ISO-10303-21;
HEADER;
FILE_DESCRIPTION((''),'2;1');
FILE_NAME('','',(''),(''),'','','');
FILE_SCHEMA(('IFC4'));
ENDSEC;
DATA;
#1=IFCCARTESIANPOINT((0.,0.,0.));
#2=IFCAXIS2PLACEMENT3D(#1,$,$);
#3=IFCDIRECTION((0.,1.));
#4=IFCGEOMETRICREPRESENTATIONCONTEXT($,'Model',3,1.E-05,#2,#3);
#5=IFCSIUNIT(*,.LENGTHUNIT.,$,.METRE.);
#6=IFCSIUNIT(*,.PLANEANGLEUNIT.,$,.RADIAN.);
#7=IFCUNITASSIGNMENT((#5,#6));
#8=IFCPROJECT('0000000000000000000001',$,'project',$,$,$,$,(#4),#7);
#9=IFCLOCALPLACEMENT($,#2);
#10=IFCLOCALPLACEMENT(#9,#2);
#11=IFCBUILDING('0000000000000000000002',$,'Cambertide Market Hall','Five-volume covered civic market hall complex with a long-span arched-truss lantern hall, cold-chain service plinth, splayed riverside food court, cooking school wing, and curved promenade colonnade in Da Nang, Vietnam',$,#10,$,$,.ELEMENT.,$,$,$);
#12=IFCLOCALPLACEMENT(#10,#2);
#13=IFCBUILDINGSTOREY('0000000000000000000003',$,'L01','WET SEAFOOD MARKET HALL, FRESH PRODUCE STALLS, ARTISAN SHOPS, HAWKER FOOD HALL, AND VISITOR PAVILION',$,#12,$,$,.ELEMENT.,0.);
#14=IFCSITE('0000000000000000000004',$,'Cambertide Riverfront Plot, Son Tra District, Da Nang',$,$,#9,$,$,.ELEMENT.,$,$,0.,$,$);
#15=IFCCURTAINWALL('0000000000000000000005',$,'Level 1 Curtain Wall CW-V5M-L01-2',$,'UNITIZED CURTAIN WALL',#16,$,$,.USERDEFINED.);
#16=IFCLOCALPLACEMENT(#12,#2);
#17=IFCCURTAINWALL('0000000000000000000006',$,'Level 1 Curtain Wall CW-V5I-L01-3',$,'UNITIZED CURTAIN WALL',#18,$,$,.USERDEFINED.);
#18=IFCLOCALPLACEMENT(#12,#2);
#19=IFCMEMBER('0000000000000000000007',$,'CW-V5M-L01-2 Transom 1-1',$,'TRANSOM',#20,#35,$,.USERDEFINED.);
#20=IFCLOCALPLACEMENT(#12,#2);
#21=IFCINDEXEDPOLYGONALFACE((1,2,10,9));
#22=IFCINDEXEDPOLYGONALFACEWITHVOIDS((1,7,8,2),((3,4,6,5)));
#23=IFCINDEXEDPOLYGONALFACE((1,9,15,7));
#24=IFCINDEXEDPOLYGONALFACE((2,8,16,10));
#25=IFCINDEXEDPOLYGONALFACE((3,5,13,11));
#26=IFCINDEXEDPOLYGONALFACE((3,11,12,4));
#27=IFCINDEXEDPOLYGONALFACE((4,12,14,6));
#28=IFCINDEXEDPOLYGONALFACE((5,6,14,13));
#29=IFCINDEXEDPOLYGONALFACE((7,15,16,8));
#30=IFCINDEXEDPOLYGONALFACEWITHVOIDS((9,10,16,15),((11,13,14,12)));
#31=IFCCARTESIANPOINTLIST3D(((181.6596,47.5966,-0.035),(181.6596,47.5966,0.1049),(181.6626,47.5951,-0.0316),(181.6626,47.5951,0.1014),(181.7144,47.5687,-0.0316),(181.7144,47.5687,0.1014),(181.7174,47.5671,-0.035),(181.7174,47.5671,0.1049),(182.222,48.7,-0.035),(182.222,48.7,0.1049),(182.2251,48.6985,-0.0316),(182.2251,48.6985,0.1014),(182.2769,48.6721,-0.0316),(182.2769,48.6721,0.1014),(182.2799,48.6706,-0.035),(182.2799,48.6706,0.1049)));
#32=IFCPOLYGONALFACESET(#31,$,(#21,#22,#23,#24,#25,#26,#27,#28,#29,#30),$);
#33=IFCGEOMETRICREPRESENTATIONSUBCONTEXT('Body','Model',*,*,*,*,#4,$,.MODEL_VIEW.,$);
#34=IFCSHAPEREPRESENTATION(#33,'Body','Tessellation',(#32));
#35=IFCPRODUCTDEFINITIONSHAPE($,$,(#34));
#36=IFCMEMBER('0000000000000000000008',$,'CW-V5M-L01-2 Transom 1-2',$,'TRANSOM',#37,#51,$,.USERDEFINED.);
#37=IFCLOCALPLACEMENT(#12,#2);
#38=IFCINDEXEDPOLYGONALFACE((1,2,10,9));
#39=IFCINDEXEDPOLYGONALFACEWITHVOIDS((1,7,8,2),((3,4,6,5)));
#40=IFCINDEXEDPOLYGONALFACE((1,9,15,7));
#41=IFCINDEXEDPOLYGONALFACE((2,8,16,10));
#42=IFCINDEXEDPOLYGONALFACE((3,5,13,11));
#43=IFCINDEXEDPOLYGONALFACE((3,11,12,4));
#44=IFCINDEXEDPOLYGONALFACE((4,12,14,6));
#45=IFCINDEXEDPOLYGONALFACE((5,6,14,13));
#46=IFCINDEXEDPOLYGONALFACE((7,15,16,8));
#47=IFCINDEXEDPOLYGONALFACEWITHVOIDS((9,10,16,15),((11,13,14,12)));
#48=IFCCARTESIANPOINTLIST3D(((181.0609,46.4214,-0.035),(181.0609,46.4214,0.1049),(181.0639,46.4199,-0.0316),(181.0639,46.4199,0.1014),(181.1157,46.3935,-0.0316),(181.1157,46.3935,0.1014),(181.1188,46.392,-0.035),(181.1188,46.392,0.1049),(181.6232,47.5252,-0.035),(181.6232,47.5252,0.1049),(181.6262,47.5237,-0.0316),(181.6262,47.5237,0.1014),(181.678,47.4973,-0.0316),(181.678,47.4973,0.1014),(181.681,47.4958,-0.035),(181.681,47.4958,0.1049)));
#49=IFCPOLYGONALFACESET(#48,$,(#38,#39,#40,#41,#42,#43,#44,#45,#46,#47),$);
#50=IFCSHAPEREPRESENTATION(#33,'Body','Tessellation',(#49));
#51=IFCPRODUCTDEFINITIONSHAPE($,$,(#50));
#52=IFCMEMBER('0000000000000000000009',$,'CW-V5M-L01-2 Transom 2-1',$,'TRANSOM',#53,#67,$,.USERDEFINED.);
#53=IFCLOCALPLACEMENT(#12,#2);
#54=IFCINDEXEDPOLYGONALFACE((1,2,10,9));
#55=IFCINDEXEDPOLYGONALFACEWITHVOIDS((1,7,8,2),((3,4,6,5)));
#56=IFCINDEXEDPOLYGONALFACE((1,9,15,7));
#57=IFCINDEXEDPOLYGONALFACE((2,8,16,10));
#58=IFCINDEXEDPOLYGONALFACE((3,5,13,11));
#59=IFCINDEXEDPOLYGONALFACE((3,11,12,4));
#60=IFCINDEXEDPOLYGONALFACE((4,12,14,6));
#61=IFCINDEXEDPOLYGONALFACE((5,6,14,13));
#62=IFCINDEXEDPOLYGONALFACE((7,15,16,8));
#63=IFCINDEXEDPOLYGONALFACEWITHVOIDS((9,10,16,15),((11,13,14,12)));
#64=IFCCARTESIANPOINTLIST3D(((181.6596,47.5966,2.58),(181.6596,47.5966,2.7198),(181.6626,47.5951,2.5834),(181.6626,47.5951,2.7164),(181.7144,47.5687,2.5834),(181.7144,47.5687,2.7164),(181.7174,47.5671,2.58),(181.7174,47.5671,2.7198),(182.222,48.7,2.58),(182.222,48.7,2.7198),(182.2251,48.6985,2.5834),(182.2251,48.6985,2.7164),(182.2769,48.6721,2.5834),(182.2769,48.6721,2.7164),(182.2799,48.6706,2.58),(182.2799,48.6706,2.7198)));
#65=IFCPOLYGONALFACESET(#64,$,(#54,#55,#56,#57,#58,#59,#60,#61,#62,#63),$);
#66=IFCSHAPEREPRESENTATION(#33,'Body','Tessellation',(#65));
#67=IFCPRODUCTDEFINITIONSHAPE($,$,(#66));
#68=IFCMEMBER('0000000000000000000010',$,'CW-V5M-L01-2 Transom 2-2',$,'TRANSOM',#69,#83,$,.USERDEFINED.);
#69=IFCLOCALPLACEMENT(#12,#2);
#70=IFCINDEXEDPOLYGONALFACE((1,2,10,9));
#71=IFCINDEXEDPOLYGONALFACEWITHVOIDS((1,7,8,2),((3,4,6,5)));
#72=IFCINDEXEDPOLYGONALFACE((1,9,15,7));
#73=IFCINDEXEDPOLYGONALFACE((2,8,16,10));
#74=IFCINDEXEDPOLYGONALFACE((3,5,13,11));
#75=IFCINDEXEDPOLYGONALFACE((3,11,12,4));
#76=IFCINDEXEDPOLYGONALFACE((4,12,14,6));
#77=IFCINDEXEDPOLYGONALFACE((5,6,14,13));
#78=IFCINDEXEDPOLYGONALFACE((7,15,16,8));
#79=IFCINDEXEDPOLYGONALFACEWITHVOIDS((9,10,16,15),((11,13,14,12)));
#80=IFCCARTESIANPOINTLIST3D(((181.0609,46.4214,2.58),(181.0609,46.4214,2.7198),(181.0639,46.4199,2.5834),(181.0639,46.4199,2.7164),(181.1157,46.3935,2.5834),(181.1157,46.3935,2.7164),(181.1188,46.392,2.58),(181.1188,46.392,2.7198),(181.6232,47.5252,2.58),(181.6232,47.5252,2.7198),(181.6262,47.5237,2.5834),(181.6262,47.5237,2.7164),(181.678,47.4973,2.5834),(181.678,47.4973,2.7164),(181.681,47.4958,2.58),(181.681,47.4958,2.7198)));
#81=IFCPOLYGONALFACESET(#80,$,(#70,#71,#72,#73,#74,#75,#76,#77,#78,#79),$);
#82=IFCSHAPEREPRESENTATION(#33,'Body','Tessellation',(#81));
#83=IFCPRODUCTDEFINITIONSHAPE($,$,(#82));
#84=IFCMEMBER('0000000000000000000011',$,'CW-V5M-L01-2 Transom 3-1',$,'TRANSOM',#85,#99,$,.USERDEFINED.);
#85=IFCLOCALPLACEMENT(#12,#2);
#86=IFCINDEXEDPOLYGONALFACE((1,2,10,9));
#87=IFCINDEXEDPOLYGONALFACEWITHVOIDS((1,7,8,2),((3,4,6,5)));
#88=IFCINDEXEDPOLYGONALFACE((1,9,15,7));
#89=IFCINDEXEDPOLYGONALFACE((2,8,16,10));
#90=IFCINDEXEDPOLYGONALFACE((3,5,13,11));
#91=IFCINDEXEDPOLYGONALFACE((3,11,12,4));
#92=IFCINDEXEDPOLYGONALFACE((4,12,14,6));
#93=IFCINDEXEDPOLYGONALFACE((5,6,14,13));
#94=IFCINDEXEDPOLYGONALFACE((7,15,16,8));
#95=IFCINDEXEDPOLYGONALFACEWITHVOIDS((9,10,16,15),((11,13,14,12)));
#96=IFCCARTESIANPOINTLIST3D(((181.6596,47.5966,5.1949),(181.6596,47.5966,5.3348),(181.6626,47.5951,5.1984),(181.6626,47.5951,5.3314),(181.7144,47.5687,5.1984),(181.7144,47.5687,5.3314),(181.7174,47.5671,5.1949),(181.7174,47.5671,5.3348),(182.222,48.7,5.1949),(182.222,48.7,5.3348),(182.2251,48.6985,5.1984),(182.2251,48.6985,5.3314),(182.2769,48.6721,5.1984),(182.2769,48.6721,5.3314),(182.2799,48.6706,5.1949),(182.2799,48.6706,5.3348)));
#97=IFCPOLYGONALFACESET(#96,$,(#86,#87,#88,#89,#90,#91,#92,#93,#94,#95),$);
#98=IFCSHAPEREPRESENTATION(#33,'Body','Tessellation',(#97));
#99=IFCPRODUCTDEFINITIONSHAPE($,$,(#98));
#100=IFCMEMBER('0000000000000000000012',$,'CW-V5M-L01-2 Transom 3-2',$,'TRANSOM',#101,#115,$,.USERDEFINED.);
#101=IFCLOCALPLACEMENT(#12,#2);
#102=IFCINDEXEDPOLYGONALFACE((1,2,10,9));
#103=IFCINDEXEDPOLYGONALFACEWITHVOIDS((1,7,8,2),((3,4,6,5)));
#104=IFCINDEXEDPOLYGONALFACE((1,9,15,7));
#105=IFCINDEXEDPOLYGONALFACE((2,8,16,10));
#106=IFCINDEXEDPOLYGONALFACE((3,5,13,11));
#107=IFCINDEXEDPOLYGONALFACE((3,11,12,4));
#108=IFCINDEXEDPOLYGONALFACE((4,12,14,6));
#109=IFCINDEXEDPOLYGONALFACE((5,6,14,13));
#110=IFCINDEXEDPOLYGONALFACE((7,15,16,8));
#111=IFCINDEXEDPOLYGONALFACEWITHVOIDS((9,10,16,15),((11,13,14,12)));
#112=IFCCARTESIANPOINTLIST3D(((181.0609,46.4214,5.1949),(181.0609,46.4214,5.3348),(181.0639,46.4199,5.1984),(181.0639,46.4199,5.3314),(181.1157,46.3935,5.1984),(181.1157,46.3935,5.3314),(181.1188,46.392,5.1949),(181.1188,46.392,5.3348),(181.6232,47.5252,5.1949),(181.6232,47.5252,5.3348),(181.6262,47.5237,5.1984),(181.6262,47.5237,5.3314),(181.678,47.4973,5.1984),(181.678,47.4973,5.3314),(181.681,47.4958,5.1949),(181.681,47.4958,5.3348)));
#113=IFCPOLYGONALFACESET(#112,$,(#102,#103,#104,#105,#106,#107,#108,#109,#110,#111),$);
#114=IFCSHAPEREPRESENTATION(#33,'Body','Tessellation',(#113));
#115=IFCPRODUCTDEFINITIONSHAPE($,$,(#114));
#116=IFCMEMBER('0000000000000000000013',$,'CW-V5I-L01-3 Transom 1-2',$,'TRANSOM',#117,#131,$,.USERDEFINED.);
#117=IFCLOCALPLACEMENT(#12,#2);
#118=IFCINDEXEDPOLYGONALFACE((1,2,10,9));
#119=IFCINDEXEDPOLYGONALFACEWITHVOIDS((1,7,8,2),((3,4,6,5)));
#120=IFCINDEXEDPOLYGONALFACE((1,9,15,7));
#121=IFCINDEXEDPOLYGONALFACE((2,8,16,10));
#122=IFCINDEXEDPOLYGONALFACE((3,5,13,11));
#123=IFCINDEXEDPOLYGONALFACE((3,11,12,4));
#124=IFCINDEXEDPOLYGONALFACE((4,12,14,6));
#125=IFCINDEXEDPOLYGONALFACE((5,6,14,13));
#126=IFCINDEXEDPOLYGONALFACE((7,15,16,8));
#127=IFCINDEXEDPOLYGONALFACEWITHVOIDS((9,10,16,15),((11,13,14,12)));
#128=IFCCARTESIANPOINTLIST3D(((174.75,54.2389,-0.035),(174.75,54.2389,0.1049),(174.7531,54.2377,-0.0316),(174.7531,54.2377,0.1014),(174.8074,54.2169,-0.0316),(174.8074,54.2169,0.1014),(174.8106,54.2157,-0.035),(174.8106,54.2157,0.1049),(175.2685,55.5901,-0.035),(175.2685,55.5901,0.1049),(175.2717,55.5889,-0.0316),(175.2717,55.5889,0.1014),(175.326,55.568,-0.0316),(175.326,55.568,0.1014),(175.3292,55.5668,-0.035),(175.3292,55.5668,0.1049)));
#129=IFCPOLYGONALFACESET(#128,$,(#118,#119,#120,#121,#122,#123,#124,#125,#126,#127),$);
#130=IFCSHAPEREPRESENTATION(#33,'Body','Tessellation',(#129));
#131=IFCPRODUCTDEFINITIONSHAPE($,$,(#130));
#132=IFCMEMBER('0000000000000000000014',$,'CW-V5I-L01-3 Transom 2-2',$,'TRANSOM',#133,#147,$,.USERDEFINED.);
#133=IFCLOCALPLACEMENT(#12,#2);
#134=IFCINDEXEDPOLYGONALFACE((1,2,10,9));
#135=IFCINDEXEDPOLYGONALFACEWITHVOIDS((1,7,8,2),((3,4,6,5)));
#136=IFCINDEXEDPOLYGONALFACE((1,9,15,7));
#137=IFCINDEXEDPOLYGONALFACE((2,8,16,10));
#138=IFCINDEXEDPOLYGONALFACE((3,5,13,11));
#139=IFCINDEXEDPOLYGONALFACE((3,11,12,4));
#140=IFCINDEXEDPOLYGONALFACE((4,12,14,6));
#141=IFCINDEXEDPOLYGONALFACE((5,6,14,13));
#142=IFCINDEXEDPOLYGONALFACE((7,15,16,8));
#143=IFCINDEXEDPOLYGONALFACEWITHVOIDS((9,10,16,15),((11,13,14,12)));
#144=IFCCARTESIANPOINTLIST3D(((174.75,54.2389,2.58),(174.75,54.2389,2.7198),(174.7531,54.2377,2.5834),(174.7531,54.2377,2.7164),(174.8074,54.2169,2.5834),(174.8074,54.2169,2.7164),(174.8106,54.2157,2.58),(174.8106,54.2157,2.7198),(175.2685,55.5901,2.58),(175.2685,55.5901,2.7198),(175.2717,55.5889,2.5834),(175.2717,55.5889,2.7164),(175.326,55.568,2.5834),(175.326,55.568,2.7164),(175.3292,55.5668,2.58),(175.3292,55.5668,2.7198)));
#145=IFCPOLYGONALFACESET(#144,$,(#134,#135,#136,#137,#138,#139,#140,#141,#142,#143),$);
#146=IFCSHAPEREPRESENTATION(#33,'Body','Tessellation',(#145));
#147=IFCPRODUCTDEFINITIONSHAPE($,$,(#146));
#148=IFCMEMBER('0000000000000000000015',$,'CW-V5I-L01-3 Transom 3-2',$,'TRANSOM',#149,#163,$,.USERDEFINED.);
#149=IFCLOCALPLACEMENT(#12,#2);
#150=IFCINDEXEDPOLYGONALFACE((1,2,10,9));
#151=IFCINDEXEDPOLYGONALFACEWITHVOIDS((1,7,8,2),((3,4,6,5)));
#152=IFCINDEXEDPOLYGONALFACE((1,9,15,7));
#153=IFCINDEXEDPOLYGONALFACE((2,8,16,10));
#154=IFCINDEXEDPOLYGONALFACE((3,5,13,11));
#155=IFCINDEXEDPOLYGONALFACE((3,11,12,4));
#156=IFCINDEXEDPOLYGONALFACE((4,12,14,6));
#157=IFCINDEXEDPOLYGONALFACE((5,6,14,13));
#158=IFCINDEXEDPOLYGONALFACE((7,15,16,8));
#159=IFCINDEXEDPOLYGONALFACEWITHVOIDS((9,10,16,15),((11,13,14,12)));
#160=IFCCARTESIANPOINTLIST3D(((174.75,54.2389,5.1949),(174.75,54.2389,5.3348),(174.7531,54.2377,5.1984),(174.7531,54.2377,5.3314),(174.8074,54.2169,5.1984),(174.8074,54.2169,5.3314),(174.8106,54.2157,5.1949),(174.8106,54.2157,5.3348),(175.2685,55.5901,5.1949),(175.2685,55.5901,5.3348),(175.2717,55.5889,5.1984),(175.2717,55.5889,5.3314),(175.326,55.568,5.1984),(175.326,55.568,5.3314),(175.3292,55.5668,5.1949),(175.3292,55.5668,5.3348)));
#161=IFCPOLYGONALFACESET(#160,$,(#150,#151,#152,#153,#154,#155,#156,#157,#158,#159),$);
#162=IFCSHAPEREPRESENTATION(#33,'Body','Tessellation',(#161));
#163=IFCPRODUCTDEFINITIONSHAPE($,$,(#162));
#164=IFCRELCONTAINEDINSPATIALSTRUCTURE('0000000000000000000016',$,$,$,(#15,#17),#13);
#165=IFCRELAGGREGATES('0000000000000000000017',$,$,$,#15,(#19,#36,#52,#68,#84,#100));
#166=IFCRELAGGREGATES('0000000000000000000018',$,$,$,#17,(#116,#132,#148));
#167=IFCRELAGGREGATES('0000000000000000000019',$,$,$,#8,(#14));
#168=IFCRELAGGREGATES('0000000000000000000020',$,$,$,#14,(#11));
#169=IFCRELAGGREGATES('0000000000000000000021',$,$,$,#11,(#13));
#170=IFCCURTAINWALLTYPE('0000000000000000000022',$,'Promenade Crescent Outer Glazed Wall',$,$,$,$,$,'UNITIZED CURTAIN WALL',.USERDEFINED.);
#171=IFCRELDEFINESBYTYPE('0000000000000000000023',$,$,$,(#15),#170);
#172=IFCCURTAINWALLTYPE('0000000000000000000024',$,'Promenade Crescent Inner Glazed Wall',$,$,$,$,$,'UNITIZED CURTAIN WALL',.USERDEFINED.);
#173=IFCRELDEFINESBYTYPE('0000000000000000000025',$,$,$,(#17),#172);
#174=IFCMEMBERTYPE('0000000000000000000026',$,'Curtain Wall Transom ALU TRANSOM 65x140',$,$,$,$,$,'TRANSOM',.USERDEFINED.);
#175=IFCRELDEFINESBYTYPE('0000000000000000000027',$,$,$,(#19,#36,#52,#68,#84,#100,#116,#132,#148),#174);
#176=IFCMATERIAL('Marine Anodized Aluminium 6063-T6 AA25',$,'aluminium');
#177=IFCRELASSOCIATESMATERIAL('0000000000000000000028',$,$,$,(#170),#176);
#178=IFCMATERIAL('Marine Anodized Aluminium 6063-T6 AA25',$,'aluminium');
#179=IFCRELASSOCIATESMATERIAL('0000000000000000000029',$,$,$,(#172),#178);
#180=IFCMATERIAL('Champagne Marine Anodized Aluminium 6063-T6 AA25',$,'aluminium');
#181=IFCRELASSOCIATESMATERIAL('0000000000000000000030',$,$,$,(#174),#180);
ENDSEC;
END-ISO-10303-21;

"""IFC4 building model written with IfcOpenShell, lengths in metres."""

from ifc_helpers import new_model, si_unit, direction, frame, origin, origin_2d, place, context, subcontext, project, spatial, hollow_rectangle, extrude, material, material_profile, profile_set, type_object, element, aggregate, save


model = new_model("IFC4")

# Units and contexts
model_context = context("Model", 3, precision=1e-05, world=origin(), true_north=direction((0.0, 1.0)))
body_context = subcontext(model_context, "Body", "Model", "MODEL_VIEW")
ifc_project = project(units=[si_unit("LENGTHUNIT", "METRE"), si_unit("PLANEANGLEUNIT", "RADIAN")], contexts=[model_context])

# Site, building, storey
site_placement = place(None, origin())
site = spatial("IfcSite", under=ifc_project, at=site_placement, Name="Cambertide Riverfront Plot, Son Tra District, Da Nang", CompositionType="ELEMENT", RefElevation=0.0)
building_placement = place(site_placement, origin())
building = spatial("IfcBuilding", under=site, at=building_placement, Name="Cambertide Market Hall", Description="Five-volume covered civic market hall complex with a long-span arched-truss lantern hall, cold-chain service plinth, splayed riverside food court, cooking school wing, and curved promenade colonnade in Da Nang, Vietnam", CompositionType="ELEMENT")
storey_placement = place(building_placement, origin())
storey = spatial("IfcBuildingStorey", under=building, at=storey_placement, Name="L01", Description="WET SEAFOOD MARKET HALL, FRESH PRODUCE STALLS, ARTISAN SHOPS, HAWKER FOOD HALL, AND VISITOR PAVILION", CompositionType="ELEMENT", Elevation=0.0)

# Curtain walls
ifc_material_1 = material(Name="Marine Anodized Aluminium 6063-T6 AA25", Category="aluminium")
curtain_wall_type_1 = type_object("IfcCurtainWallType", Name="Promenade Crescent Outer Glazed Wall", ElementType="UNITIZED CURTAIN WALL", PredefinedType="USERDEFINED", material=ifc_material_1)
curtain_wall_1_placement = place(storey_placement, origin())
curtain_wall_1 = element("IfcCurtainWall", 1, at=curtain_wall_1_placement, inside=storey, type_object=curtain_wall_type_1, Name="Level 1 Curtain Wall CW-V5M-L01-2", ObjectType="UNITIZED CURTAIN WALL", PredefinedType="USERDEFINED")
ifc_material_2 = material(Name="Marine Anodized Aluminium 6063-T6 AA25", Category="aluminium")
curtain_wall_type_2 = type_object("IfcCurtainWallType", Name="Promenade Crescent Inner Glazed Wall", ElementType="UNITIZED CURTAIN WALL", PredefinedType="USERDEFINED", material=ifc_material_2)
curtain_wall_2_placement = place(storey_placement, origin())
curtain_wall_2 = element("IfcCurtainWall", 2, at=curtain_wall_2_placement, inside=storey, type_object=curtain_wall_type_2, Name="Level 1 Curtain Wall CW-V5I-L01-3", ObjectType="UNITIZED CURTAIN WALL", PredefinedType="USERDEFINED")

# Members
ifc_material_3 = material(Name="Champagne Marine Anodized Aluminium 6063-T6 AA25", Category="aluminium")
ifc_material_profile_1 = material_profile(ifc_material_3, hollow_rectangle(XDim=0.0649, YDim=0.1399, WallThickness=0.0034, at=origin_2d()), Name="ALU TRANSOM 65x140")
ifc_profile_set_1 = profile_set([ifc_material_profile_1], Name="Champagne Marine Anodized Aluminium 6063-T6 AA25")
member_type_1 = type_object("IfcMemberType", Name="Curtain Wall Transom ALU TRANSOM 65x140", ElementType="TRANSOM", PredefinedType="USERDEFINED", material=ifc_profile_set_1)
member_1_placement = place(storey_placement, frame((182.251, 48.6853, 0.0349), z_axis=(-0.454138, -0.890931, 0.0), x_axis=(0.890931, -0.454138, 0.0)))
member_1 = element("IfcMember", 3, at=member_1_placement, type_object=member_type_1, Name="CW-V5M-L01-2 Transom 1-1", ObjectType="TRANSOM", PredefinedType="USERDEFINED", context=body_context, shape_type="SweptSolid", body=[
    extrude(hollow_rectangle(XDim=0.0649, YDim=0.1399, WallThickness=0.0034, at=origin_2d()), origin(), (0.0, 0.0, 1.0), 1.2385),
])
member_2_placement = place(storey_placement, frame((181.6521, 47.5105, 0.0349), z_axis=(-0.453902, -0.891052, 0.0), x_axis=(0.891052, -0.453902, 0.0)))
member_2 = element("IfcMember", 4, at=member_2_placement, type_object=member_type_1, Name="CW-V5M-L01-2 Transom 1-2", ObjectType="TRANSOM", PredefinedType="USERDEFINED", context=body_context, shape_type="SweptSolid", body=[
    extrude(hollow_rectangle(XDim=0.0649, YDim=0.1399, WallThickness=0.0034, at=origin_2d()), origin(), (0.0, 0.0, 1.0), 1.2388),
])
member_3_placement = place(storey_placement, frame((182.251, 48.6853, 2.6499), z_axis=(-0.454138, -0.890931, 0.0), x_axis=(0.890931, -0.454138, 0.0)))
member_3 = element("IfcMember", 5, at=member_3_placement, type_object=member_type_1, Name="CW-V5M-L01-2 Transom 2-1", ObjectType="TRANSOM", PredefinedType="USERDEFINED", context=body_context, shape_type="SweptSolid", body=[
    extrude(hollow_rectangle(XDim=0.0649, YDim=0.1399, WallThickness=0.0034, at=origin_2d()), origin(), (0.0, 0.0, 1.0), 1.2385),
])
member_4_placement = place(storey_placement, frame((181.6521, 47.5105, 2.6499), z_axis=(-0.453902, -0.891052, 0.0), x_axis=(0.891052, -0.453902, 0.0)))
member_4 = element("IfcMember", 6, at=member_4_placement, type_object=member_type_1, Name="CW-V5M-L01-2 Transom 2-2", ObjectType="TRANSOM", PredefinedType="USERDEFINED", context=body_context, shape_type="SweptSolid", body=[
    extrude(hollow_rectangle(XDim=0.0649, YDim=0.1399, WallThickness=0.0034, at=origin_2d()), origin(), (0.0, 0.0, 1.0), 1.2388),
])
member_5_placement = place(storey_placement, frame((182.251, 48.6853, 5.2649), z_axis=(-0.454138, -0.890931, 0.0), x_axis=(0.890931, -0.454138, 0.0)))
member_5 = element("IfcMember", 7, at=member_5_placement, type_object=member_type_1, Name="CW-V5M-L01-2 Transom 3-1", ObjectType="TRANSOM", PredefinedType="USERDEFINED", context=body_context, shape_type="SweptSolid", body=[
    extrude(hollow_rectangle(XDim=0.0649, YDim=0.1399, WallThickness=0.0034, at=origin_2d()), origin(), (0.0, 0.0, 1.0), 1.2385),
])
member_6_placement = place(storey_placement, frame((181.6521, 47.5105, 5.2649), z_axis=(-0.453902, -0.891052, 0.0), x_axis=(0.891052, -0.453902, 0.0)))
member_6 = element("IfcMember", 8, at=member_6_placement, type_object=member_type_1, Name="CW-V5M-L01-2 Transom 3-2", ObjectType="TRANSOM", PredefinedType="USERDEFINED", context=body_context, shape_type="SweptSolid", body=[
    extrude(hollow_rectangle(XDim=0.0649, YDim=0.1399, WallThickness=0.0034, at=origin_2d()), origin(), (0.0, 0.0, 1.0), 1.2388),
])
member_7_placement = place(storey_placement, frame((174.7803, 54.2273, 0.0349), z_axis=(0.358323, 0.933598, 0.0), x_axis=(-0.933598, 0.358323, 0.0)))
member_7 = element("IfcMember", 9, at=member_7_placement, type_object=member_type_1, Name="CW-V5I-L01-3 Transom 1-2", ObjectType="TRANSOM", PredefinedType="USERDEFINED", context=body_context, shape_type="SweptSolid", body=[
    extrude(hollow_rectangle(XDim=0.0649, YDim=0.1399, WallThickness=0.0034, at=origin_2d()), origin(), (0.0, 0.0, 1.0), 1.4473),
])
member_8_placement = place(storey_placement, frame((174.7803, 54.2273, 2.6499), z_axis=(0.358323, 0.933598, 0.0), x_axis=(-0.933598, 0.358323, 0.0)))
member_8 = element("IfcMember", 10, at=member_8_placement, type_object=member_type_1, Name="CW-V5I-L01-3 Transom 2-2", ObjectType="TRANSOM", PredefinedType="USERDEFINED", context=body_context, shape_type="SweptSolid", body=[
    extrude(hollow_rectangle(XDim=0.0649, YDim=0.1399, WallThickness=0.0034, at=origin_2d()), origin(), (0.0, 0.0, 1.0), 1.4473),
])
member_9_placement = place(storey_placement, frame((174.7803, 54.2273, 5.2649), z_axis=(0.358323, 0.933598, 0.0), x_axis=(-0.933598, 0.358323, 0.0)))
member_9 = element("IfcMember", 11, at=member_9_placement, type_object=member_type_1, Name="CW-V5I-L01-3 Transom 3-2", ObjectType="TRANSOM", PredefinedType="USERDEFINED", context=body_context, shape_type="SweptSolid", body=[
    extrude(hollow_rectangle(XDim=0.0649, YDim=0.1399, WallThickness=0.0034, at=origin_2d()), origin(), (0.0, 0.0, 1.0), 1.4473),
])

aggregate(curtain_wall_1, [member_1, member_2, member_3, member_4, member_5, member_6])
aggregate(curtain_wall_2, [member_7, member_8, member_9])

save(model, "model.ifc")
